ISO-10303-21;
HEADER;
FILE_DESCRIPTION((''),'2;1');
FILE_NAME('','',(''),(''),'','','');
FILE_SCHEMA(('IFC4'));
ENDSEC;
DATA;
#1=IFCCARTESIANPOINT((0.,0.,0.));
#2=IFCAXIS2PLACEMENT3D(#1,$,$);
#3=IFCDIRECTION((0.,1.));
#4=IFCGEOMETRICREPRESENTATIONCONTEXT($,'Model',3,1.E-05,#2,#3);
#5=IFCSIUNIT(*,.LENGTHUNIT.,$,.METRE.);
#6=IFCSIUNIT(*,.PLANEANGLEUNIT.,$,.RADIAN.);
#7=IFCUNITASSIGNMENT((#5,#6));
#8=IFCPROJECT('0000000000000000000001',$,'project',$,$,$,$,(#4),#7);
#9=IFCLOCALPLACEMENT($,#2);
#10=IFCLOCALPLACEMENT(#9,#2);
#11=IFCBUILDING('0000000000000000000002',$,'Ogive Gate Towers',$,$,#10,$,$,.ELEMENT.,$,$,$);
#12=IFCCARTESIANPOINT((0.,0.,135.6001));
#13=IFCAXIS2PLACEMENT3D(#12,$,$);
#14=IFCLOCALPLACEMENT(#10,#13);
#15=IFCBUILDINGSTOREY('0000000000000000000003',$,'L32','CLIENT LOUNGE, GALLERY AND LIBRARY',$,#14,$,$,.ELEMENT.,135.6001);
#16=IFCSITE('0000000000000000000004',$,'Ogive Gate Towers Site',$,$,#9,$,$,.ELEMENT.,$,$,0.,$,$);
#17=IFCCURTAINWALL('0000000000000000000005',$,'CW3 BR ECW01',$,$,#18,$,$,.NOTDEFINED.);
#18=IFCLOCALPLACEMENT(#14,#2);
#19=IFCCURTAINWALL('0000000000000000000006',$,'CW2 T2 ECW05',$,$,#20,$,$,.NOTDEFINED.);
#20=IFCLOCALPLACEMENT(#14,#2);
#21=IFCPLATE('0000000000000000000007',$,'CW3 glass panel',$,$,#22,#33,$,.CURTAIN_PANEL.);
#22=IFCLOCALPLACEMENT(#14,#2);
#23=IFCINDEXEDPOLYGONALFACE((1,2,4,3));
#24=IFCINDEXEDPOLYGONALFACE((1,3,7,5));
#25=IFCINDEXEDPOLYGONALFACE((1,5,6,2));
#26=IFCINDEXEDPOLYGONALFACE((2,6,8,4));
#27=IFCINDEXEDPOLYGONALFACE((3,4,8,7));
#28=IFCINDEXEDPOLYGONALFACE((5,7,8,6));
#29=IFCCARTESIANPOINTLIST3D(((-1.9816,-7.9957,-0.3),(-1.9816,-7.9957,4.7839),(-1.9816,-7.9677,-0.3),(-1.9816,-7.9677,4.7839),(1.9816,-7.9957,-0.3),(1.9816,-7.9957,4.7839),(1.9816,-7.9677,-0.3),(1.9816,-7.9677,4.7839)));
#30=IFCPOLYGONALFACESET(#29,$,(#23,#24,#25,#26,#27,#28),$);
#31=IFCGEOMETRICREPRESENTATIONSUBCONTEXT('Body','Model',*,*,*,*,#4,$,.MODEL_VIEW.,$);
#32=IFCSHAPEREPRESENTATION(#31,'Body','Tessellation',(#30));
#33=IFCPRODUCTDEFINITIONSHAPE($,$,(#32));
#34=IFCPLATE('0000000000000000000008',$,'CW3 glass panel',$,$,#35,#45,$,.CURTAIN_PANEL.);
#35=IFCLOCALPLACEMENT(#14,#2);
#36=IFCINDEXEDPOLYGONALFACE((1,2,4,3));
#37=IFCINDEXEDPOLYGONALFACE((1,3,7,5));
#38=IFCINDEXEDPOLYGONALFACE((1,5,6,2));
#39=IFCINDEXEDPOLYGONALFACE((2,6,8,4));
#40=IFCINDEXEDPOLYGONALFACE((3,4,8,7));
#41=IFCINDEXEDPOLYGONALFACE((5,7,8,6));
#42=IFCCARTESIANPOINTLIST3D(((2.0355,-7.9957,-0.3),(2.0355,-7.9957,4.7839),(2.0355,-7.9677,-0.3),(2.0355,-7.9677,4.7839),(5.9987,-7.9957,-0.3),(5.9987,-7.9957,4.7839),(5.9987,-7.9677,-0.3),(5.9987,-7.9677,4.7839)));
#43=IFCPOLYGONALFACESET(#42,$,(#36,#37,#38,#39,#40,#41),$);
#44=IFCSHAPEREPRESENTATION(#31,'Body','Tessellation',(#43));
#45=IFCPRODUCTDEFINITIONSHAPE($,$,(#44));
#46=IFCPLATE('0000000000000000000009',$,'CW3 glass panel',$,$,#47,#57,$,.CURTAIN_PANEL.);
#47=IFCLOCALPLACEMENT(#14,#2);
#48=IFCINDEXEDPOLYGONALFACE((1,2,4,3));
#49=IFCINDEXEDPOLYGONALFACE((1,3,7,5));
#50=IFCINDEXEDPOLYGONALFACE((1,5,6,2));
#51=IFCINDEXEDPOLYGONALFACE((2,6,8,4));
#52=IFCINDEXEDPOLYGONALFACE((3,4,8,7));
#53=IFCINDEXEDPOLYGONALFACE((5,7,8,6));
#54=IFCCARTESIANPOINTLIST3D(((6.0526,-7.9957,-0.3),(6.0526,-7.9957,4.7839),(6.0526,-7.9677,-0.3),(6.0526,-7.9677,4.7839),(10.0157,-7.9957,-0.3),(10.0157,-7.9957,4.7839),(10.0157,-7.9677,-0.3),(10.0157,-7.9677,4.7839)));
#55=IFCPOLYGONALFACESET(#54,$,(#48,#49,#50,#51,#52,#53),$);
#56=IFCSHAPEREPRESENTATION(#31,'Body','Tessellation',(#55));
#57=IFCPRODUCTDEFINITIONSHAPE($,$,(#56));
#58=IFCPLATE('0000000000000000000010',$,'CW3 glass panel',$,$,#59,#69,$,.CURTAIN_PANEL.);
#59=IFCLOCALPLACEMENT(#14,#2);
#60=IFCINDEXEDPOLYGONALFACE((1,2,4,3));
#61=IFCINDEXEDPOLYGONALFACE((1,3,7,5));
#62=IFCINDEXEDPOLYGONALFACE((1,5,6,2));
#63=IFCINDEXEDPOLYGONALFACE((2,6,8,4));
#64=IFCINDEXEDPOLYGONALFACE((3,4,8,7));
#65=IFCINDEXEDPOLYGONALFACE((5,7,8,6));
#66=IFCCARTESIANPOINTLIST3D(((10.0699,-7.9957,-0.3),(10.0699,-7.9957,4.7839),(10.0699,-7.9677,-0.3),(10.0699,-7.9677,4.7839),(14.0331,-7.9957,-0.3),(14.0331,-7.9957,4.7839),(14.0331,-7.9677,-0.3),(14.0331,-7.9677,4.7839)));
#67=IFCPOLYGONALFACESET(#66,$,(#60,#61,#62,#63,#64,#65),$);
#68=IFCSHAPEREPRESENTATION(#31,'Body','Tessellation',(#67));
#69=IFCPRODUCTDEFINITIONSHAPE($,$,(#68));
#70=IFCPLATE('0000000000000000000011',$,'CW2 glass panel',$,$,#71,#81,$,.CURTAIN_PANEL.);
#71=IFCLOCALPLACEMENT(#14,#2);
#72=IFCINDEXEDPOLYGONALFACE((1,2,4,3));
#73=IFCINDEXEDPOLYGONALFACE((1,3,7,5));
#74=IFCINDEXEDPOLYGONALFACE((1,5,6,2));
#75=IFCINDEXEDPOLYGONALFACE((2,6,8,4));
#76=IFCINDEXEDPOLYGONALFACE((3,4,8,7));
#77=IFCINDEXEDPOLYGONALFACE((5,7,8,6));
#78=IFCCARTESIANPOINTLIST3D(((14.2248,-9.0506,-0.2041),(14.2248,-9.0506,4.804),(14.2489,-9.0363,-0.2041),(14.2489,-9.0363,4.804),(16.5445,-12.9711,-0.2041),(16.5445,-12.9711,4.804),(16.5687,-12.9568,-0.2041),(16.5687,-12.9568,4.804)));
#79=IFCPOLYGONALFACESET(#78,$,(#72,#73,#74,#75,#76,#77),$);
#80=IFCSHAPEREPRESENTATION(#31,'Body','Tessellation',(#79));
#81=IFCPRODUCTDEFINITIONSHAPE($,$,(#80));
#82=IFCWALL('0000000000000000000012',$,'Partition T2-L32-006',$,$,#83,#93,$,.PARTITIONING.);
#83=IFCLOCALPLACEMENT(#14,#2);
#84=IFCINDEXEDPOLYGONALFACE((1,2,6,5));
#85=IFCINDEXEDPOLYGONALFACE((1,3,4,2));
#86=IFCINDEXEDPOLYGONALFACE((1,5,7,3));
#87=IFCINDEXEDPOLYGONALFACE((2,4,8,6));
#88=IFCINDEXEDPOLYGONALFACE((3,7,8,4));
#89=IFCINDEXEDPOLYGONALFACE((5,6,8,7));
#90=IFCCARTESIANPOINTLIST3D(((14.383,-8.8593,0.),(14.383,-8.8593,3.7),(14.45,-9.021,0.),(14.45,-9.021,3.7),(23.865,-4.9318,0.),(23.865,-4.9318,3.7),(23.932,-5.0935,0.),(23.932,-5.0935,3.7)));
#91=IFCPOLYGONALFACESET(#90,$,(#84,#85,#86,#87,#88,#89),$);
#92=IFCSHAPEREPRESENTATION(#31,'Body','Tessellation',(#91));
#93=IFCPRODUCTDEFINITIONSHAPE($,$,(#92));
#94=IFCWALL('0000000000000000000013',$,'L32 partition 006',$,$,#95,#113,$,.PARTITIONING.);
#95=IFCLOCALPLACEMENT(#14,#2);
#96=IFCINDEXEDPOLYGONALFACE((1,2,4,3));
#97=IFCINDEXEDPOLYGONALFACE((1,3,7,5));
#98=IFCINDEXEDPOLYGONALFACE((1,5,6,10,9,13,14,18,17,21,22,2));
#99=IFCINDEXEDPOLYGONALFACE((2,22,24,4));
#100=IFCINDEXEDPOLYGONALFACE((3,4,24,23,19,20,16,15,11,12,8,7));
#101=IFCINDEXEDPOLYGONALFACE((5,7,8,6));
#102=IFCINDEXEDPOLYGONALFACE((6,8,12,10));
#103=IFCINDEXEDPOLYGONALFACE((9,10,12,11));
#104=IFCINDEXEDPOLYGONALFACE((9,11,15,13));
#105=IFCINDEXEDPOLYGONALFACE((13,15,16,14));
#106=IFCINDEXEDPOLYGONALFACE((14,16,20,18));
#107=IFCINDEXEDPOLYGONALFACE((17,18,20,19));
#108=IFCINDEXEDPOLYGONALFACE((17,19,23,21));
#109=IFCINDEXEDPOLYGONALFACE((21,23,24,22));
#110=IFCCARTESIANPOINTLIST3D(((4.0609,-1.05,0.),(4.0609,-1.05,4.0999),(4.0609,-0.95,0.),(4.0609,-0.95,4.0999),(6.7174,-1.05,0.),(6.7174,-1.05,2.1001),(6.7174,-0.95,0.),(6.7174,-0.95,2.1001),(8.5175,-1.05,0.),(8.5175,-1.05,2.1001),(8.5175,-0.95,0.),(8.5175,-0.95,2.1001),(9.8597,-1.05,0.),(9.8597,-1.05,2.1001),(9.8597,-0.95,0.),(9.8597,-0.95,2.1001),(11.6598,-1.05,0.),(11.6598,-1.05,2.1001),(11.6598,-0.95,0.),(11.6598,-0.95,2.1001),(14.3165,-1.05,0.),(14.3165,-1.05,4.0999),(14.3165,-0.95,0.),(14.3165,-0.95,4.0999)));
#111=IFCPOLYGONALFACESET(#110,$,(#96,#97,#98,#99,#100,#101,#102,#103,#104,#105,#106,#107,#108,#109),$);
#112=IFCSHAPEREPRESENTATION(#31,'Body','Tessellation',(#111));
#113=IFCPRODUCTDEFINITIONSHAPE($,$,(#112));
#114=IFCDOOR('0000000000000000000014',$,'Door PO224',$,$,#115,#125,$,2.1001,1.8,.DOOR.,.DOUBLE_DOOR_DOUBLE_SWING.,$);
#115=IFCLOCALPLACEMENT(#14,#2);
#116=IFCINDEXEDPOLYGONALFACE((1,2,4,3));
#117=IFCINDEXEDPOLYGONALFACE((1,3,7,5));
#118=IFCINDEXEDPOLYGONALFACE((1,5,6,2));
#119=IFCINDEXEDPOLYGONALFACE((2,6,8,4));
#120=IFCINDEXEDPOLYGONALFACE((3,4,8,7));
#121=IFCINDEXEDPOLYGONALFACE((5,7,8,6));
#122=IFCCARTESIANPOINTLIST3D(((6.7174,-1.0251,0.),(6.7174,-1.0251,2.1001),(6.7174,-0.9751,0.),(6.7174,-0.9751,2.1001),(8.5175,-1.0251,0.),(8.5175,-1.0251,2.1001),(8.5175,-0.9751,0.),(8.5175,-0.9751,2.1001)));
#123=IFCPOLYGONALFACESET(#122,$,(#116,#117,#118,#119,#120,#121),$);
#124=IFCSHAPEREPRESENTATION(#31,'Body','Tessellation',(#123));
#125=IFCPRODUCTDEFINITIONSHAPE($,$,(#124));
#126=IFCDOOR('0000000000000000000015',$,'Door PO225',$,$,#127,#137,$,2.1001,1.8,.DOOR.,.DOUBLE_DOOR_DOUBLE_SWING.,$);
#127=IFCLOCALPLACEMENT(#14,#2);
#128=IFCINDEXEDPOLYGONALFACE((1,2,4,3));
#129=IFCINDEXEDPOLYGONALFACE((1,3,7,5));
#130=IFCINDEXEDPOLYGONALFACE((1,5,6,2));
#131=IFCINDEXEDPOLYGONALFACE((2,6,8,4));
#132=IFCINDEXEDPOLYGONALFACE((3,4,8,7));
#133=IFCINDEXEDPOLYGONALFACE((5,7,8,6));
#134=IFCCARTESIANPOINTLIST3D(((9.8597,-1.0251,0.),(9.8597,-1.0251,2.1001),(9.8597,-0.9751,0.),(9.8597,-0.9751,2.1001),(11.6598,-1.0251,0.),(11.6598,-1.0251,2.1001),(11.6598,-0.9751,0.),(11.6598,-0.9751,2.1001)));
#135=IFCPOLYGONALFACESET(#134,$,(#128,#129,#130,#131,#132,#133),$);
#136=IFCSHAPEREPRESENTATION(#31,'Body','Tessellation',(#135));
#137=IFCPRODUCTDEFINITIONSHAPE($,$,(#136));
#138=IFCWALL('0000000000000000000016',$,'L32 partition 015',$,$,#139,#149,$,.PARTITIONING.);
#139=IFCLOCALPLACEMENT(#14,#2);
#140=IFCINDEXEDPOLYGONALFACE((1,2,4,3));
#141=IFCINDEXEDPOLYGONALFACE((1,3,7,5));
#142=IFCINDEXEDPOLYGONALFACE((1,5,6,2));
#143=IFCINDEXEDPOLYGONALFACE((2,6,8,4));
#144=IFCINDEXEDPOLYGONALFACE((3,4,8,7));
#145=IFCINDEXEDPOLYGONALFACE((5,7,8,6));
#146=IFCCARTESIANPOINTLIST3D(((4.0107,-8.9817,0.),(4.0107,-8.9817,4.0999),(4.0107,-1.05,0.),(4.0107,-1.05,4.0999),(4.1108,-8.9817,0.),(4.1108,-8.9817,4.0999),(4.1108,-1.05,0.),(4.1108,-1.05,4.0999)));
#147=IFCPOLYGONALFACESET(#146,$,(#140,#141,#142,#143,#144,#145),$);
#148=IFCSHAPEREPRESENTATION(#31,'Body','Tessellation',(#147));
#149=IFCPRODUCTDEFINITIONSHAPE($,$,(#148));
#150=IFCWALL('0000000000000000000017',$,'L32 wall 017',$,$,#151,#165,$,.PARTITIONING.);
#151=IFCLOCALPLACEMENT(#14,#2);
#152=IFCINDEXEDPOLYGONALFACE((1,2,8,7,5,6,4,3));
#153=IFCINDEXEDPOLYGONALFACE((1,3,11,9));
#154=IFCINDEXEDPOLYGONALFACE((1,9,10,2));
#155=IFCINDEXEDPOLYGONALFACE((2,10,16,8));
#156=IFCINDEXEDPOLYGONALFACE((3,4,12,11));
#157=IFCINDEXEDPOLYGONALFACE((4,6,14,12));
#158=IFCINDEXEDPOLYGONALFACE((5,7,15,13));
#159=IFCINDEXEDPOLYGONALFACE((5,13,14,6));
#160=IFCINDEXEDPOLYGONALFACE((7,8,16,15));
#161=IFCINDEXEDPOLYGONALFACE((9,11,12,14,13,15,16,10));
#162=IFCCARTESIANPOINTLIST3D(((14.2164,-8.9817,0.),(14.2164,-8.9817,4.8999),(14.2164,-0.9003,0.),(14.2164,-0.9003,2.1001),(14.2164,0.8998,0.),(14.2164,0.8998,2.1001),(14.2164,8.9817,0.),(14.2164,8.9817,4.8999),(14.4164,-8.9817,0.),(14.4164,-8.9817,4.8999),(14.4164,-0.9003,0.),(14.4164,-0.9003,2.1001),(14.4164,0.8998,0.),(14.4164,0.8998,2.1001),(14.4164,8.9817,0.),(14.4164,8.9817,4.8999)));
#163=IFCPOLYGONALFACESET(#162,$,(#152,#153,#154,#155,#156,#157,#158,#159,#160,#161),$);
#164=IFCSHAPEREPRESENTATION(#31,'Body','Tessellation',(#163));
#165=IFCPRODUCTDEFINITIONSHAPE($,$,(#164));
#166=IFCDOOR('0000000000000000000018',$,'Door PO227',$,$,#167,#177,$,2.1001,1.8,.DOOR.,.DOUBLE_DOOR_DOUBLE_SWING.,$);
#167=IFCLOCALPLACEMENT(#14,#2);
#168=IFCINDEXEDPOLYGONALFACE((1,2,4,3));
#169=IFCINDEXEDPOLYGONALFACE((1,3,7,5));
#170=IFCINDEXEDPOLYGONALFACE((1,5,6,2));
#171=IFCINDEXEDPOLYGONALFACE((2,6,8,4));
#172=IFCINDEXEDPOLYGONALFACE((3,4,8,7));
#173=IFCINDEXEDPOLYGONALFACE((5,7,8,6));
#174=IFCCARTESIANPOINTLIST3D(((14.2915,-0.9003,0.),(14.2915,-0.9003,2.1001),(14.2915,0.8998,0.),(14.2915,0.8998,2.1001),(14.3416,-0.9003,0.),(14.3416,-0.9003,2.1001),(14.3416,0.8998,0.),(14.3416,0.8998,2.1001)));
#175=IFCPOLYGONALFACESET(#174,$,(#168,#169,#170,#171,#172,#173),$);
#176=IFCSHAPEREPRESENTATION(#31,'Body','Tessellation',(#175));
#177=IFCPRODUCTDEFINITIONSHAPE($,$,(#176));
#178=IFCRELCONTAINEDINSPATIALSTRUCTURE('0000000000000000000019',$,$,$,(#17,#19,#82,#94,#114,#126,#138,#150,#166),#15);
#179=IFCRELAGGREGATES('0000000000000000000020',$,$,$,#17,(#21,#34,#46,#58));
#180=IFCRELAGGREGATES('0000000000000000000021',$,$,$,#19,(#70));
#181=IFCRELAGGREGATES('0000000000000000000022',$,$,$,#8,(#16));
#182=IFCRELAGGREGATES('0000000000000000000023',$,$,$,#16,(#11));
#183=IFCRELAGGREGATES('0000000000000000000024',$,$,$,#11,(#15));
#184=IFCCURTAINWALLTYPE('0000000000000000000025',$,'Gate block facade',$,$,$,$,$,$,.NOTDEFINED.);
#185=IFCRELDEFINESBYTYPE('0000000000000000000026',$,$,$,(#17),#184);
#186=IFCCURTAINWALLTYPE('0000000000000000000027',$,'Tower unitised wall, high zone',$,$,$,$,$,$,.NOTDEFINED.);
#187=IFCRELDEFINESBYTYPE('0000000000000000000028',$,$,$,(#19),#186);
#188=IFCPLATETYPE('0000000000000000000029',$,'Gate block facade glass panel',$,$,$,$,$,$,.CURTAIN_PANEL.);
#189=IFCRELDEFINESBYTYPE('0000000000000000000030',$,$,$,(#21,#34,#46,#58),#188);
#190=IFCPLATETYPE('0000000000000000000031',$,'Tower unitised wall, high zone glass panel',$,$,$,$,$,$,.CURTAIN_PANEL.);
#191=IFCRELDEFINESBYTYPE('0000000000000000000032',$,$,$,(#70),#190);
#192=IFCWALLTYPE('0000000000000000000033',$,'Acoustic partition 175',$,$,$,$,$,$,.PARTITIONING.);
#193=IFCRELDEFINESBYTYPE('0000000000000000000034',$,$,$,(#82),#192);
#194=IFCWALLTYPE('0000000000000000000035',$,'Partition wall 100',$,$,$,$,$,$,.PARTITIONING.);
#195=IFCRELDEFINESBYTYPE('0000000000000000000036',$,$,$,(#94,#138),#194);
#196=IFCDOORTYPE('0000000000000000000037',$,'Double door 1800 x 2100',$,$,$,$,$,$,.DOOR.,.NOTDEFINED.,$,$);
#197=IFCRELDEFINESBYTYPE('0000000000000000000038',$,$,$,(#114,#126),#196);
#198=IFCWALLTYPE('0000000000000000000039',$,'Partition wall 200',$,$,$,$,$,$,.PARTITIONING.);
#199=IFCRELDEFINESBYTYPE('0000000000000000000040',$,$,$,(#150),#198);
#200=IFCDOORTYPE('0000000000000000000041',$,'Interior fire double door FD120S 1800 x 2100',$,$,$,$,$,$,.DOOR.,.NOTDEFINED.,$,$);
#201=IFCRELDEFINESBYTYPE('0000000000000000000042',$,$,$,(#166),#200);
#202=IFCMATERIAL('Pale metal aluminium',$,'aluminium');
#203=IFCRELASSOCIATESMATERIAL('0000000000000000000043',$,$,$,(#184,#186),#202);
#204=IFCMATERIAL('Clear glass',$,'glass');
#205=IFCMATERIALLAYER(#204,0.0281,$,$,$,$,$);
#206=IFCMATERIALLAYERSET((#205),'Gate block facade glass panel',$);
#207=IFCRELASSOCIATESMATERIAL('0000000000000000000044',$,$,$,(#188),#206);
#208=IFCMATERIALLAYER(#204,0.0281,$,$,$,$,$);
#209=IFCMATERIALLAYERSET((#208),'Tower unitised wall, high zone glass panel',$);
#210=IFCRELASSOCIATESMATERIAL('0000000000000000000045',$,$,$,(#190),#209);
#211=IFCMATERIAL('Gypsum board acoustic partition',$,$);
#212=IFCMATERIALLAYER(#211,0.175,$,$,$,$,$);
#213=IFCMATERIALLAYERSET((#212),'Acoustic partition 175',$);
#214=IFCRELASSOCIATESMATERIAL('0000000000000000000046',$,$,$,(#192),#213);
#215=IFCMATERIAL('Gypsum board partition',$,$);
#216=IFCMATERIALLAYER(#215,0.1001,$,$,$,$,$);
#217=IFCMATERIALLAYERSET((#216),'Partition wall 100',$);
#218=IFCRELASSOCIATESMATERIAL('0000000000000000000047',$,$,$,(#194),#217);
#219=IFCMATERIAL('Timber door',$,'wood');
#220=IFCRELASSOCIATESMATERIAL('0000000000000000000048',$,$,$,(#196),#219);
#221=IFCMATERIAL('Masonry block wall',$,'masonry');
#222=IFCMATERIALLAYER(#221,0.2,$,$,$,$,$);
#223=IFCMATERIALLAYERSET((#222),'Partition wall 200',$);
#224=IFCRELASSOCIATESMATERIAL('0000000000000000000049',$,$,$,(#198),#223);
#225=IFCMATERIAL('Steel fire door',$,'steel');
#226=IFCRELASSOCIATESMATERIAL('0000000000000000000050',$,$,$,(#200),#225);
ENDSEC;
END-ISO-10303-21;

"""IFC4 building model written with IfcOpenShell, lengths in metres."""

from ifc_helpers import new_model, si_unit, direction, frame, frame_2d, origin, origin_2d, place, context, subcontext, project, spatial, rectangle, extrude, material, layer, layer_set, type_object, element, fill, aggregate, save


model = new_model("IFC4")

# Units and contexts
model_context = context("Model", 3, precision=1e-05, world=origin(), true_north=direction((0.0, 1.0)))
body_context = subcontext(model_context, "Body", "Model", "MODEL_VIEW")
ifc_project = project(units=[si_unit("LENGTHUNIT", "METRE"), si_unit("PLANEANGLEUNIT", "RADIAN")], contexts=[model_context])

# Site, building, storey
site_placement = place(None, origin())
site = spatial("IfcSite", under=ifc_project, at=site_placement, Name="Ogive Gate Towers Site", CompositionType="ELEMENT", RefElevation=0.0)
building_placement = place(site_placement, origin())
building = spatial("IfcBuilding", under=site, at=building_placement, Name="Ogive Gate Towers", CompositionType="ELEMENT")
storey_placement = place(building_placement, frame((0.0, 0.0, 135.6001)))
storey = spatial("IfcBuildingStorey", under=building, at=storey_placement, Name="L32", Description="CLIENT LOUNGE, GALLERY AND LIBRARY", CompositionType="ELEMENT", Elevation=135.6001)

# Curtain walls
ifc_material_1 = material(Name="Pale metal aluminium", Category="aluminium")
curtain_wall_type_1 = type_object("IfcCurtainWallType", Name="Gate block facade", PredefinedType="NOTDEFINED", material=ifc_material_1)
curtain_wall_1_placement = place(storey_placement, origin())
curtain_wall_1 = element("IfcCurtainWall", 1, at=curtain_wall_1_placement, inside=storey, type_object=curtain_wall_type_1, Name="CW3 BR ECW01", PredefinedType="NOTDEFINED")
curtain_wall_type_2 = type_object("IfcCurtainWallType", Name="Tower unitised wall, high zone", PredefinedType="NOTDEFINED", material=ifc_material_1)
curtain_wall_2_placement = place(storey_placement, origin())
curtain_wall_2 = element("IfcCurtainWall", 2, at=curtain_wall_2_placement, inside=storey, type_object=curtain_wall_type_2, Name="CW2 T2 ECW05", PredefinedType="NOTDEFINED")

# Plates
ifc_material_2 = material(Name="Clear glass", Category="glass")
ifc_layer_1 = layer(ifc_material_2, 0.0281)
ifc_layer_set_1 = layer_set([ifc_layer_1], Name="Gate block facade glass panel")
plate_type_1 = type_object("IfcPlateType", Name="Gate block facade glass panel", PredefinedType="CURTAIN_PANEL", material=ifc_layer_set_1)
plate_1_placement = place(storey_placement, frame((0.0, -7.9817, -0.3), z_axis=(0.0, 0.0, 1.0), x_axis=(1.0, 0.0, 0.0)))
plate_1 = element("IfcPlate", 3, at=plate_1_placement, type_object=plate_type_1, Name="CW3 glass panel", PredefinedType="CURTAIN_PANEL", context=body_context, shape_type="SweptSolid", body=[
    extrude(rectangle(XDim=3.9631, YDim=0.0281, at=origin_2d()), origin(), (0.0, 0.0, 1.0), 5.084),
])
plate_2_placement = place(storey_placement, frame((4.0171, -7.9817, -0.3), z_axis=(0.0, 0.0, 1.0), x_axis=(1.0, 0.0, 0.0)))
plate_2 = element("IfcPlate", 4, at=plate_2_placement, type_object=plate_type_1, Name="CW3 glass panel", PredefinedType="CURTAIN_PANEL", context=body_context, shape_type="SweptSolid", body=[
    extrude(rectangle(XDim=3.9631, YDim=0.0281, at=origin_2d()), origin(), (0.0, 0.0, 1.0), 5.084),
])
plate_3_placement = place(storey_placement, frame((8.0342, -7.9817, -0.3), z_axis=(0.0, 0.0, 1.0), x_axis=(1.0, 0.0, 0.0)))
plate_3 = element("IfcPlate", 5, at=plate_3_placement, type_object=plate_type_1, Name="CW3 glass panel", PredefinedType="CURTAIN_PANEL", context=body_context, shape_type="SweptSolid", body=[
    extrude(rectangle(XDim=3.9631, YDim=0.0281, at=origin_2d()), origin(), (0.0, 0.0, 1.0), 5.084),
])
plate_4_placement = place(storey_placement, frame((12.0515, -7.9817, -0.3), z_axis=(0.0, 0.0, 1.0), x_axis=(1.0, 0.0, 0.0)))
plate_4 = element("IfcPlate", 6, at=plate_4_placement, type_object=plate_type_1, Name="CW3 glass panel", PredefinedType="CURTAIN_PANEL", context=body_context, shape_type="SweptSolid", body=[
    extrude(rectangle(XDim=3.9631, YDim=0.0281, at=origin_2d()), origin(), (0.0, 0.0, 1.0), 5.084),
])
aggregate(curtain_wall_1, [plate_1, plate_2, plate_3, plate_4])
ifc_layer_2 = layer(ifc_material_2, 0.0281)
ifc_layer_set_2 = layer_set([ifc_layer_2], Name="Tower unitised wall, high zone glass panel")
plate_type_2 = type_object("IfcPlateType", Name="Tower unitised wall, high zone glass panel", PredefinedType="CURTAIN_PANEL", material=ifc_layer_set_2)
plate_5_placement = place(storey_placement, frame((15.3967, -11.0037, -0.2041), z_axis=(0.0, 0.0, 1.0), x_axis=(0.509237, -0.860627, 0.0)))
plate_5 = element("IfcPlate", 7, at=plate_5_placement, type_object=plate_type_2, Name="CW2 glass panel", PredefinedType="CURTAIN_PANEL", context=body_context, shape_type="SweptSolid", body=[
    extrude(rectangle(XDim=4.5554, YDim=0.0281, at=origin_2d()), origin(), (0.0, 0.0, 1.0), 5.0081),
])
aggregate(curtain_wall_2, [plate_5])

# Wall
ifc_material_3 = material(Name="Gypsum board acoustic partition")
ifc_layer_3 = layer(ifc_material_3, 0.175)
ifc_layer_set_3 = layer_set([ifc_layer_3], Name="Acoustic partition 175")
wall_type_1 = type_object("IfcWallType", Name="Acoustic partition 175", PredefinedType="PARTITIONING", material=ifc_layer_set_3)
wall_1_placement = place(storey_placement, frame((14.4165, -8.9402, 0.0), z_axis=(0.0, 0.0, 1.0), x_axis=(0.923881, 0.382679, 0.0)))
element("IfcWall", 8, at=wall_1_placement, inside=storey, type_object=wall_type_1, Name="Partition T2-L32-006", PredefinedType="PARTITIONING", context=body_context, shape_type="SweptSolid", body=[
    extrude(rectangle(XDim=10.2632, YDim=0.175, at=frame_2d((5.1316, 0.0))), origin(), (0.0, 0.0, 1.0), 3.7),
])

# Wall, openings, doors
ifc_material_4 = material(Name="Gypsum board partition")
ifc_layer_4 = layer(ifc_material_4, 0.1001)
ifc_layer_set_4 = layer_set([ifc_layer_4], Name="Partition wall 100")
wall_type_2 = type_object("IfcWallType", Name="Partition wall 100", PredefinedType="PARTITIONING", material=ifc_layer_set_4)
wall_2_placement = place(storey_placement, frame((4.0608, -1.0, 0.0), z_axis=(0.0, 0.0, 1.0), x_axis=(1.0, 0.0, 0.0)))
wall_2 = element("IfcWall", 9, at=wall_2_placement, inside=storey, type_object=wall_type_2, Name="L32 partition 006", PredefinedType="PARTITIONING", context=body_context, shape_type="SweptSolid", body=[
    extrude(rectangle(XDim=10.2556, YDim=0.1001, at=frame_2d((5.1279, 0.0))), origin(), (0.0, 0.0, 1.0), 4.0999),
])
opening_1_placement = place(wall_2_placement, frame((2.6567, 0.0, 0.0)))
opening_1 = element("IfcOpeningElement", 10, at=opening_1_placement, cuts=wall_2, PredefinedType="OPENING", context=body_context, shape_type="SweptSolid", body=[
    extrude(rectangle(XDim=1.8, YDim=2.1001, at=frame_2d((0.8999, 1.05))), frame((0.0, 0.0601, 0.0), z_axis=(0.0, -1.0, 0.0), x_axis=(1.0, 0.0, 0.0)), (0.0, 0.0, 1.0), 0.1201),
])
opening_2_placement = place(wall_2_placement, frame((5.7991, 0.0, 0.0)))
opening_2 = element("IfcOpeningElement", 11, at=opening_2_placement, cuts=wall_2, PredefinedType="OPENING", context=body_context, shape_type="SweptSolid", body=[
    extrude(rectangle(XDim=1.8, YDim=2.1001, at=frame_2d((0.8999, 1.05))), frame((0.0, 0.0601, 0.0), z_axis=(0.0, -1.0, 0.0), x_axis=(1.0, 0.0, 0.0)), (0.0, 0.0, 1.0), 0.1201),
])
ifc_material_5 = material(Name="Timber door", Category="wood")
door_type_1 = type_object("IfcDoorType", Name="Double door 1800 x 2100", OperationType="NOTDEFINED", PredefinedType="DOOR", material=ifc_material_5)
door_1_placement = place(opening_1_placement, origin())
door_1 = element("IfcDoor", 12, at=door_1_placement, inside=storey, type_object=door_type_1, Name="Door PO224", OperationType="DOUBLE_DOOR_DOUBLE_SWING", OverallHeight=2.1001, OverallWidth=1.8, PredefinedType="DOOR", context=body_context, shape_type="SweptSolid", body=[
    extrude(rectangle(XDim=1.8, YDim=2.1001, at=frame_2d((0.8999, 1.05))), frame((0.0, 0.0249, 0.0), z_axis=(0.0, -1.0, 0.0), x_axis=(1.0, 0.0, 0.0)), (0.0, 0.0, 1.0), 0.05),
])
fill(opening_1, door_1)
door_2_placement = place(opening_2_placement, origin())
door_2 = element("IfcDoor", 13, at=door_2_placement, inside=storey, type_object=door_type_1, Name="Door PO225", OperationType="DOUBLE_DOOR_DOUBLE_SWING", OverallHeight=2.1001, OverallWidth=1.8, PredefinedType="DOOR", context=body_context, shape_type="SweptSolid", body=[
    extrude(rectangle(XDim=1.8, YDim=2.1001, at=frame_2d((0.8999, 1.05))), frame((0.0, 0.0249, 0.0), z_axis=(0.0, -1.0, 0.0), x_axis=(1.0, 0.0, 0.0)), (0.0, 0.0, 1.0), 0.05),
])
fill(opening_2, door_2)

# Wall
wall_3_placement = place(storey_placement, frame((4.0608, -8.9817, 0.0), z_axis=(0.0, 0.0, 1.0), x_axis=(0.0, 1.0, 0.0)))
element("IfcWall", 14, at=wall_3_placement, inside=storey, type_object=wall_type_2, Name="L32 partition 015", PredefinedType="PARTITIONING", context=body_context, shape_type="SweptSolid", body=[
    extrude(rectangle(XDim=7.9316, YDim=0.1001, at=frame_2d((3.9658, 0.0))), origin(), (0.0, 0.0, 1.0), 4.0999),
])

# Wall, opening, door
ifc_material_6 = material(Name="Masonry block wall", Category="masonry")
ifc_layer_5 = layer(ifc_material_6, 0.2)
ifc_layer_set_5 = layer_set([ifc_layer_5], Name="Partition wall 200")
wall_type_3 = type_object("IfcWallType", Name="Partition wall 200", PredefinedType="PARTITIONING", material=ifc_layer_set_5)
wall_4_placement = place(storey_placement, frame((14.3164, -8.9817, 0.0), z_axis=(0.0, 0.0, 1.0), x_axis=(0.0, 1.0, 0.0)))
wall_4 = element("IfcWall", 15, at=wall_4_placement, inside=storey, type_object=wall_type_3, Name="L32 wall 017", PredefinedType="PARTITIONING", context=body_context, shape_type="SweptSolid", body=[
    extrude(rectangle(XDim=17.9634, YDim=0.2, at=frame_2d((8.9817, 0.0))), origin(), (0.0, 0.0, 1.0), 4.8999),
])
opening_3_placement = place(wall_4_placement, frame((8.0815, 0.0, 0.0)))
opening_3 = element("IfcOpeningElement", 16, at=opening_3_placement, cuts=wall_4, PredefinedType="OPENING", context=body_context, shape_type="SweptSolid", body=[
    extrude(rectangle(XDim=1.8, YDim=2.1001, at=frame_2d((0.8999, 1.05))), frame((0.0, 0.1099, 0.0), z_axis=(0.0, -1.0, 0.0), x_axis=(1.0, 0.0, 0.0)), (0.0, 0.0, 1.0), 0.22),
])
ifc_material_7 = material(Name="Steel fire door", Category="steel")
door_type_2 = type_object("IfcDoorType", Name="Interior fire double door FD120S 1800 x 2100", OperationType="NOTDEFINED", PredefinedType="DOOR", material=ifc_material_7)
door_3_placement = place(opening_3_placement, origin())
door_3 = element("IfcDoor", 17, at=door_3_placement, inside=storey, type_object=door_type_2, Name="Door PO227", OperationType="DOUBLE_DOOR_DOUBLE_SWING", OverallHeight=2.1001, OverallWidth=1.8, PredefinedType="DOOR", context=body_context, shape_type="SweptSolid", body=[
    extrude(rectangle(XDim=1.8, YDim=2.1001, at=frame_2d((0.8999, 1.05))), frame((0.0, 0.0249, 0.0), z_axis=(0.0, -1.0, 0.0), x_axis=(1.0, 0.0, 0.0)), (0.0, 0.0, 1.0), 0.05),
])
fill(opening_3, door_3)

save(model, "model.ifc")
